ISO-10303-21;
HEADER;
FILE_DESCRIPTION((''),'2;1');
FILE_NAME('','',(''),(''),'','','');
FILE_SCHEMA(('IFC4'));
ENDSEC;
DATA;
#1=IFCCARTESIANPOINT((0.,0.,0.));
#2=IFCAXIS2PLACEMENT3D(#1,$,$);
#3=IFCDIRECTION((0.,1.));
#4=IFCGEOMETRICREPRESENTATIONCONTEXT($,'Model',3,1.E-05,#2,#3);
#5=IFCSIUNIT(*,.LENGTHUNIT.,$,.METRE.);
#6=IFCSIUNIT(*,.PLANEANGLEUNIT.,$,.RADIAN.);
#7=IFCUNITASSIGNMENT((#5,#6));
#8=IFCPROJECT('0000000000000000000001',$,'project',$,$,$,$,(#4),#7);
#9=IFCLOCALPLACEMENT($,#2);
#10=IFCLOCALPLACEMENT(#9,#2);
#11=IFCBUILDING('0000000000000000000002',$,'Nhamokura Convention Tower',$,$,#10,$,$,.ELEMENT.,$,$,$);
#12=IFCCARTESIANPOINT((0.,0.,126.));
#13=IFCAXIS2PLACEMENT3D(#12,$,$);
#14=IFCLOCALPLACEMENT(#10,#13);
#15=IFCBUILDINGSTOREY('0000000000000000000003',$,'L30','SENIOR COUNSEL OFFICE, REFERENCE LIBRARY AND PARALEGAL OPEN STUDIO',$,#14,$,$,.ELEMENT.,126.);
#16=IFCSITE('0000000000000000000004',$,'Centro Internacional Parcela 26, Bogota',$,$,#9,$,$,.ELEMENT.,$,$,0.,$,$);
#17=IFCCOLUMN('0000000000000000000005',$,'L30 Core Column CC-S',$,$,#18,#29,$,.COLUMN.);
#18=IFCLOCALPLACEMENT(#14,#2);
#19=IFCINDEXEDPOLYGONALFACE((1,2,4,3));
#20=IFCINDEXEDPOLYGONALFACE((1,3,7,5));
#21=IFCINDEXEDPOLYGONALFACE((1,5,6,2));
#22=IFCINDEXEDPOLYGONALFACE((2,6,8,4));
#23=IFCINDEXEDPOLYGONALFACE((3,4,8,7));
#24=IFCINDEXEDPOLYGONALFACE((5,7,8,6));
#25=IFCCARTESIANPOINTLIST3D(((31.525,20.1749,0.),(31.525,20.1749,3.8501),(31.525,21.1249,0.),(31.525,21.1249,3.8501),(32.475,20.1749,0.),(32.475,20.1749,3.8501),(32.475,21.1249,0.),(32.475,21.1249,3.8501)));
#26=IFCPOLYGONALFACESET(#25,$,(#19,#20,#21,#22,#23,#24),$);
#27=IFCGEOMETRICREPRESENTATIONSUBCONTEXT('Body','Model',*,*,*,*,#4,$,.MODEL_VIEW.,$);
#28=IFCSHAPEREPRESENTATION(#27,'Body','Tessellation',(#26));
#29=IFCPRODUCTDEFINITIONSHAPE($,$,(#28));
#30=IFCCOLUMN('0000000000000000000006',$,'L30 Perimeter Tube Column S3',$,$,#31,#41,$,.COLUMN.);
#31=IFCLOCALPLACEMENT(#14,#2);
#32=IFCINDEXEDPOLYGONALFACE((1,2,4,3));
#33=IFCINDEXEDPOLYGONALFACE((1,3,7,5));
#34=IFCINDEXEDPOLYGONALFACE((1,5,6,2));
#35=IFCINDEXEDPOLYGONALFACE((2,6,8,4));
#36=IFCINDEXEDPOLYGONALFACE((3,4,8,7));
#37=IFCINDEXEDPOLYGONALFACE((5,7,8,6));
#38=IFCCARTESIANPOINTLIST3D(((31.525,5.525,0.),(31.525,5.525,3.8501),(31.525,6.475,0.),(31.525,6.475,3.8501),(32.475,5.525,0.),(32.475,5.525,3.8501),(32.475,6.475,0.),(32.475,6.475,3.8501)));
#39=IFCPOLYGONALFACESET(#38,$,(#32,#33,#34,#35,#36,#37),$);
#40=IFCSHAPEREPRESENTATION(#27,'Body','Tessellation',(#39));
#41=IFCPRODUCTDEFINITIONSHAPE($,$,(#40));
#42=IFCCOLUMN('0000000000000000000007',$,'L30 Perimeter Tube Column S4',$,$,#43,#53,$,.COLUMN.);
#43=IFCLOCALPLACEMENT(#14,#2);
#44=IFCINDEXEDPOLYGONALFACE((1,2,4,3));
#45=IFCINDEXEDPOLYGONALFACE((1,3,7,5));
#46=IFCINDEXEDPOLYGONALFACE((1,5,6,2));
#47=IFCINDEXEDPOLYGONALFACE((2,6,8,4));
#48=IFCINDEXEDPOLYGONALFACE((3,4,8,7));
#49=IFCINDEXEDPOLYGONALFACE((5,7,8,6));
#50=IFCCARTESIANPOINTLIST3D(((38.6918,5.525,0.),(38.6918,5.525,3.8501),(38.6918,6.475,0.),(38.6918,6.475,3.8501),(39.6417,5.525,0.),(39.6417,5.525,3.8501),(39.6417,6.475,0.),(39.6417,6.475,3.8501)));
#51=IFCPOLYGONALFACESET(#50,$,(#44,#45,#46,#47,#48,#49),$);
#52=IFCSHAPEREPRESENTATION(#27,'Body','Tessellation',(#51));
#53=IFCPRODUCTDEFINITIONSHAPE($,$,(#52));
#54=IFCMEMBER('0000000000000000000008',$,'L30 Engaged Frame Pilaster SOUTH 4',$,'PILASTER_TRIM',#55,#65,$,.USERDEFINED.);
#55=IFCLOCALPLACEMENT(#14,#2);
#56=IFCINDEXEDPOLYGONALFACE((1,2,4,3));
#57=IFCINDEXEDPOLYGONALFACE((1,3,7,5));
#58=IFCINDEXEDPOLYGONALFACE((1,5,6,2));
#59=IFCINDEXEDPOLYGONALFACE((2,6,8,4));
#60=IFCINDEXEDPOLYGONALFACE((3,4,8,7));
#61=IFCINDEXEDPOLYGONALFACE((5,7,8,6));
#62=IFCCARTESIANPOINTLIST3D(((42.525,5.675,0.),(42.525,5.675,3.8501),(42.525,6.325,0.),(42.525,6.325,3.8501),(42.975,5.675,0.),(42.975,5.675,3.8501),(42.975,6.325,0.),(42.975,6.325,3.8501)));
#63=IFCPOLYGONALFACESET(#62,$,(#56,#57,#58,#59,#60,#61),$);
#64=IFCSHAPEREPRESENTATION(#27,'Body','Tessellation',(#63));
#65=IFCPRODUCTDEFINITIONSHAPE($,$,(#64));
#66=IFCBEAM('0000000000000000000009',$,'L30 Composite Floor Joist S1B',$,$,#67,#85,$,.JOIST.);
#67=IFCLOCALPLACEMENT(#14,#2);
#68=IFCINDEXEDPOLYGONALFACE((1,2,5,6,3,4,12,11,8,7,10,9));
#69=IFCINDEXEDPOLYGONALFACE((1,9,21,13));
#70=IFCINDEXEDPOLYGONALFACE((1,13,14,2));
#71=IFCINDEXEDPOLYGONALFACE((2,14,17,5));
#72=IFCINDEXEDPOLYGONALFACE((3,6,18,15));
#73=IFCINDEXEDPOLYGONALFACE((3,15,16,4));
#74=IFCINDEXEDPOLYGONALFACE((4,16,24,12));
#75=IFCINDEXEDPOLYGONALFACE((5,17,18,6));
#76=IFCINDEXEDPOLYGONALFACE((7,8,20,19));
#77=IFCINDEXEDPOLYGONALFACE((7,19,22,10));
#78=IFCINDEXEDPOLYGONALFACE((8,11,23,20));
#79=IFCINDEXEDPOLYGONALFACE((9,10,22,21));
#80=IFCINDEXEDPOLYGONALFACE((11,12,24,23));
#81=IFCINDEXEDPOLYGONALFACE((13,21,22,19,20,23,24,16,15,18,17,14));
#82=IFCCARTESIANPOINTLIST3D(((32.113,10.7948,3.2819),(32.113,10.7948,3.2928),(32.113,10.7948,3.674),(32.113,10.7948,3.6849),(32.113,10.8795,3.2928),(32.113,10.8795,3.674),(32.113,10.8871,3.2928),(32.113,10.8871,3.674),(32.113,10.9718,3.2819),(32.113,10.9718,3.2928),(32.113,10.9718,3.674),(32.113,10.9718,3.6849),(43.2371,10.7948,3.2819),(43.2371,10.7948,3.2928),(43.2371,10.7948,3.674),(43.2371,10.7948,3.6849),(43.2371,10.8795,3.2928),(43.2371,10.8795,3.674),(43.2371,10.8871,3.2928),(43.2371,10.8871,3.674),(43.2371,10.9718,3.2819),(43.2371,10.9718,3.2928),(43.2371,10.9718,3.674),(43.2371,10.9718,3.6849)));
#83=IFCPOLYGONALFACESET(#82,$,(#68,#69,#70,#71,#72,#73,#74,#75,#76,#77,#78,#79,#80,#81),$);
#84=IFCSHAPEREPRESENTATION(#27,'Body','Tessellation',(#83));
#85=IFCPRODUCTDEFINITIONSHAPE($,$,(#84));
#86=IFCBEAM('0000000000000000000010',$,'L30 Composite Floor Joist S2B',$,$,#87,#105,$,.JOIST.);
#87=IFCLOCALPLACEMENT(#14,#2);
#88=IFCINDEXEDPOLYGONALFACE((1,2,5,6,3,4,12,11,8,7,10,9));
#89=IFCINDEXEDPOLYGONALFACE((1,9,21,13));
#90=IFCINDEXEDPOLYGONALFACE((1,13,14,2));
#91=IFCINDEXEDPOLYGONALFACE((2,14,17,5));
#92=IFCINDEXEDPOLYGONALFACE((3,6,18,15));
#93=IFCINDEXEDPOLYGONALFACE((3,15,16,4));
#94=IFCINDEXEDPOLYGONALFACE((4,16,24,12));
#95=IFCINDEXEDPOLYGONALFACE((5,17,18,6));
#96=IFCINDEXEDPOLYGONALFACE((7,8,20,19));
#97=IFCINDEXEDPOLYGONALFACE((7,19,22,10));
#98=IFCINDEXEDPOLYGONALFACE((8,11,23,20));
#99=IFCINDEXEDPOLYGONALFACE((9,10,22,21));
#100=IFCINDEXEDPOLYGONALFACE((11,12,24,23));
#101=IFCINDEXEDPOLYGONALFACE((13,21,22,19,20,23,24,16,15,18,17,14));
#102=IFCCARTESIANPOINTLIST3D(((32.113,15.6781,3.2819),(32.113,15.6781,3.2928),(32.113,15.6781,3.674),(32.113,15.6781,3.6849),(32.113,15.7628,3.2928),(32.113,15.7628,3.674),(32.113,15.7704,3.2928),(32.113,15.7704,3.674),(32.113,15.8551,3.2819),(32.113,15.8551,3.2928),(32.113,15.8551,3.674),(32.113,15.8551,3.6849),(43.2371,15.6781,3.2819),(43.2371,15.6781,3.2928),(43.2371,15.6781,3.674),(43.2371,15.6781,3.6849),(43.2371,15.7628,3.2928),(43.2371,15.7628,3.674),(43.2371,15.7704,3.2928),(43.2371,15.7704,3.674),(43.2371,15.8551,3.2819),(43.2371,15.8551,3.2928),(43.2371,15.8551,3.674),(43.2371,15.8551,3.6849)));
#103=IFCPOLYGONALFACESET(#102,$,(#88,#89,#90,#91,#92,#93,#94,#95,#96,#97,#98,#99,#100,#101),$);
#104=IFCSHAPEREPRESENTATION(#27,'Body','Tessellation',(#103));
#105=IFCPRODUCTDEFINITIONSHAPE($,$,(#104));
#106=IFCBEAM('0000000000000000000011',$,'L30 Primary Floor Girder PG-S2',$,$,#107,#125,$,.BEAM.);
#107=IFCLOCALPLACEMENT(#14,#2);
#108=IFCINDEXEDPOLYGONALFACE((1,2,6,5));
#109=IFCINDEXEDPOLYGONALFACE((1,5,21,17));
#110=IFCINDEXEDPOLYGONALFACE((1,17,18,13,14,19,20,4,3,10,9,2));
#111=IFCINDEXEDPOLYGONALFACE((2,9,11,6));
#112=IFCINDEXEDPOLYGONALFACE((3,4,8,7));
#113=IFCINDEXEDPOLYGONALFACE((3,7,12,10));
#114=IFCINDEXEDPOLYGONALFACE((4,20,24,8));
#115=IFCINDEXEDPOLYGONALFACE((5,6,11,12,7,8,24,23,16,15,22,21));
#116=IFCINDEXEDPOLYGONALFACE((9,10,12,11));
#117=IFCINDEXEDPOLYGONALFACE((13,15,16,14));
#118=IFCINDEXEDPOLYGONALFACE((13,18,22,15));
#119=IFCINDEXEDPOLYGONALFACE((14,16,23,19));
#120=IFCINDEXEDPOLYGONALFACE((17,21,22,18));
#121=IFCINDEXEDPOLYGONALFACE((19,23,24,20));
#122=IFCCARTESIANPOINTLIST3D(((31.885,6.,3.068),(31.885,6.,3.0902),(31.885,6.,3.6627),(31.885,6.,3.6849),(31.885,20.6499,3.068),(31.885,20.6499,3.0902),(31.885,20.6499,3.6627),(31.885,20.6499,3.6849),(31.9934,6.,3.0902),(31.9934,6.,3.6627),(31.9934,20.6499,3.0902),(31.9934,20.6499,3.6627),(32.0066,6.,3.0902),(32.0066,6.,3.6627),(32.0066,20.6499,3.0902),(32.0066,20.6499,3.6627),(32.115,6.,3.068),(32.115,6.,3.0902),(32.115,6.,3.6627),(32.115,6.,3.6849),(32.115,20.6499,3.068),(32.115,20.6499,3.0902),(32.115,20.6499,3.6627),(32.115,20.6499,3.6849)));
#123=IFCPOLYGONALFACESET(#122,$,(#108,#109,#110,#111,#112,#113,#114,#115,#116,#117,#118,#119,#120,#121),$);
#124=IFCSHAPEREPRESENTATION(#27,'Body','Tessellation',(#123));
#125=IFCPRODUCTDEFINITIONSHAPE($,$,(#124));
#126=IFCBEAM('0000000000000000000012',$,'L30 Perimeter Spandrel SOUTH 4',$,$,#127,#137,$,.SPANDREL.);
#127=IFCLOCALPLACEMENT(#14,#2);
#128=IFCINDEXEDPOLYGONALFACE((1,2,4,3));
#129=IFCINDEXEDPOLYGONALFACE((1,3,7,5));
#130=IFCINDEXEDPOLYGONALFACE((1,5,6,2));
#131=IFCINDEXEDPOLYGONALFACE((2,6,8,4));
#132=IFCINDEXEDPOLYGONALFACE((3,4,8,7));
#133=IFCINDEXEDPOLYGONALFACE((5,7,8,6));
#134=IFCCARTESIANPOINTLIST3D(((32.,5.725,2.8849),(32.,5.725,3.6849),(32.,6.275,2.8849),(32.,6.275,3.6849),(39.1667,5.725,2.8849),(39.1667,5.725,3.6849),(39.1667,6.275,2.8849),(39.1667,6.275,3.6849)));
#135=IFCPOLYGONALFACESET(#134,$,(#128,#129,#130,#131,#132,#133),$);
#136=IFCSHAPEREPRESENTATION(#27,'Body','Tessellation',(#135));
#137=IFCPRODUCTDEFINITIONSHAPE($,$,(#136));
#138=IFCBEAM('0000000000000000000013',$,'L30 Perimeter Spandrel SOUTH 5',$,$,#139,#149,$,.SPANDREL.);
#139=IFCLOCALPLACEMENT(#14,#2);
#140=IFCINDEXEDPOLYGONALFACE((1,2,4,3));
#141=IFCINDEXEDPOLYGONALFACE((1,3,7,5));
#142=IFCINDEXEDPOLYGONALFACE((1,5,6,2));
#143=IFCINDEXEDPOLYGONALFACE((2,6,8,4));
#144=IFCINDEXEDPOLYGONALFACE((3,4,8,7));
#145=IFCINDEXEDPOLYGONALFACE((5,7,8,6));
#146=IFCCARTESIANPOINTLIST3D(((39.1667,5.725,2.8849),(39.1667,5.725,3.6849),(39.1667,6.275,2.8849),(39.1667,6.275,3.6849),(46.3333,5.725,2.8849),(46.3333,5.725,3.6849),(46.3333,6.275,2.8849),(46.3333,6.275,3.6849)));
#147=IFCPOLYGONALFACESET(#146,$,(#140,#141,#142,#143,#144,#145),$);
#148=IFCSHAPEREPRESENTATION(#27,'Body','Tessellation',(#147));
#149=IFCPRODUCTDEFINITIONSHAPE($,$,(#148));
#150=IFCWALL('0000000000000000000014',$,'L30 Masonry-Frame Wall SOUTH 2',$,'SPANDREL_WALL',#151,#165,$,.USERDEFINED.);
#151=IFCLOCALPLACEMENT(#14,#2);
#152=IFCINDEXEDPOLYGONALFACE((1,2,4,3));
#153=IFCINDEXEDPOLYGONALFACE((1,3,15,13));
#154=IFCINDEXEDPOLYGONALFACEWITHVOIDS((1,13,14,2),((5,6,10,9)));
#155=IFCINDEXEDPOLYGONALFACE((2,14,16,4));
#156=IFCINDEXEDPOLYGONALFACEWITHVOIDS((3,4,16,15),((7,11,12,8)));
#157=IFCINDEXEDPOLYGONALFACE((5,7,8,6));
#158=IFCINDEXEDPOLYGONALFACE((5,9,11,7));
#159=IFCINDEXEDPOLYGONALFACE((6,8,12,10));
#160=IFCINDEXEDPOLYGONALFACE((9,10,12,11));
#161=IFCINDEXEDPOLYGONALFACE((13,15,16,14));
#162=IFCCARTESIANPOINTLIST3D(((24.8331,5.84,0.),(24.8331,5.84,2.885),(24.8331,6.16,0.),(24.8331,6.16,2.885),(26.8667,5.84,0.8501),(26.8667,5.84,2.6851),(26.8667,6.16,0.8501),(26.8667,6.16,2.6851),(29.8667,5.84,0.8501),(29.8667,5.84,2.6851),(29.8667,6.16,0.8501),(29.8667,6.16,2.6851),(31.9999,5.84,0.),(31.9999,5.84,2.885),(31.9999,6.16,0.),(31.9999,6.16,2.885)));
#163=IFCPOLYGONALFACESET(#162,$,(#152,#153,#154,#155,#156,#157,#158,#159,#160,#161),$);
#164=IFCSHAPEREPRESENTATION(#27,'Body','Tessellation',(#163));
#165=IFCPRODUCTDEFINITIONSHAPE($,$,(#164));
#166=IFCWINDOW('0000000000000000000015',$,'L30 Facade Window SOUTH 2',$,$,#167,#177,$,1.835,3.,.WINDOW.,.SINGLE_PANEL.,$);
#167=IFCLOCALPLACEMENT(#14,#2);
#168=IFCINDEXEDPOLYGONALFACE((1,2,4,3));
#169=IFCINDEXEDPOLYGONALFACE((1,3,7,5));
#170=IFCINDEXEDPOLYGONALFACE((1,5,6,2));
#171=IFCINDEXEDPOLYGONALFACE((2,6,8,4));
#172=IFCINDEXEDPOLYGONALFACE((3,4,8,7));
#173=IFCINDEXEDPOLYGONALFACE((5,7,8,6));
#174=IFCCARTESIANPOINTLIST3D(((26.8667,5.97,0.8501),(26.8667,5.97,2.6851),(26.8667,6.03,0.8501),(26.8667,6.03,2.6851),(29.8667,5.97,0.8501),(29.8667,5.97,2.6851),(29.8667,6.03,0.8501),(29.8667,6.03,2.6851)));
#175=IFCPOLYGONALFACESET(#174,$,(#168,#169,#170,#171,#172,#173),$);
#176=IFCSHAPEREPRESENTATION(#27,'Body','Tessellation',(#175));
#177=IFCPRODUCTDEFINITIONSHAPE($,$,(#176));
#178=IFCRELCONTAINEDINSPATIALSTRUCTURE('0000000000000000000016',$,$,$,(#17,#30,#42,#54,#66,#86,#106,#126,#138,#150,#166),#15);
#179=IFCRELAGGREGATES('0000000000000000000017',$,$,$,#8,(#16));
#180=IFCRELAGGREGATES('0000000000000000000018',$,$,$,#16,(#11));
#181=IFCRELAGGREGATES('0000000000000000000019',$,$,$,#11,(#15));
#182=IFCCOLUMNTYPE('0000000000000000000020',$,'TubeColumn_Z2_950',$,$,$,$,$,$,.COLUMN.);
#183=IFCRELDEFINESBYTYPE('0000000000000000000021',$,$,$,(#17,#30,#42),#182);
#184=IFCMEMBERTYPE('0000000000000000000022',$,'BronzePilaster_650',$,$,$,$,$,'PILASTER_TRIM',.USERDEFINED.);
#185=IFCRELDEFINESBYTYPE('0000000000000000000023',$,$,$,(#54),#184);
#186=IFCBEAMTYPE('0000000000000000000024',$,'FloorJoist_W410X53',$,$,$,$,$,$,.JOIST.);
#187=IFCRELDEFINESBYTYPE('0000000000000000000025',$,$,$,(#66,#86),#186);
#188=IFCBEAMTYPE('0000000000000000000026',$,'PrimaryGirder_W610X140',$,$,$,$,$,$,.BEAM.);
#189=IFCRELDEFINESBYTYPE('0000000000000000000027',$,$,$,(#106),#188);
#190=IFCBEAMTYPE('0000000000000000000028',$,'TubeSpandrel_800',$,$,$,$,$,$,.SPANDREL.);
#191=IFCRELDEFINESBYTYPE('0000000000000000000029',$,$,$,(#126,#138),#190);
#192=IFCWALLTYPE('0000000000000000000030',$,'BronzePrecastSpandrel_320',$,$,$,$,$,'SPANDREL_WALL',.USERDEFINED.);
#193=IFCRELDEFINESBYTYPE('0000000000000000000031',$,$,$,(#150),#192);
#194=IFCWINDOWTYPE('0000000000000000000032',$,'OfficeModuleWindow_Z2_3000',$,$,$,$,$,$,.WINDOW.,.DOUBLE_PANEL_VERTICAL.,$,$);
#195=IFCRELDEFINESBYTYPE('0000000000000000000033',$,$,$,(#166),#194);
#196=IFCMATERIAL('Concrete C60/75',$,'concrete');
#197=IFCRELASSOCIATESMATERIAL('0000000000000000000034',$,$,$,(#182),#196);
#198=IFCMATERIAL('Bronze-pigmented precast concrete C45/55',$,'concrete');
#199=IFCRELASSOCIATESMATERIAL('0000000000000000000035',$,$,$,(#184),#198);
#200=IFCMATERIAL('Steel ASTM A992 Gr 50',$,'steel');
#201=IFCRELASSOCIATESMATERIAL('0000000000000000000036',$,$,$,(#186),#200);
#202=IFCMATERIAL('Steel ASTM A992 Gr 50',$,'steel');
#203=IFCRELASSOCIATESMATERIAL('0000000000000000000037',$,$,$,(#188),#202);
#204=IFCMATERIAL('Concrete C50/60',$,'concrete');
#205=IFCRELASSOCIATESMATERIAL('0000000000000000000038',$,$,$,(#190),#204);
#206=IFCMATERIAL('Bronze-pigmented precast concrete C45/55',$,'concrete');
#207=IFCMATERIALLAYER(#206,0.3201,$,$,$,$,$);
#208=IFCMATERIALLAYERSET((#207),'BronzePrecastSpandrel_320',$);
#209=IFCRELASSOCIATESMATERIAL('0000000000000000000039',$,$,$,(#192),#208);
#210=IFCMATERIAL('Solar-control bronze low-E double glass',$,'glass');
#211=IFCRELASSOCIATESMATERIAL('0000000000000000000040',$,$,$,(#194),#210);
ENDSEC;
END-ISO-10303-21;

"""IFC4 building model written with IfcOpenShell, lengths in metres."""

from ifc_helpers import new_model, si_unit, direction, frame, frame_2d, origin, origin_2d, place, context, subcontext, project, spatial, rectangle, i_section, extrude, material, layer, layer_set, material_profile, profile_set, type_object, element, fill, save


model = new_model("IFC4")

# Units and contexts
model_context = context("Model", 3, precision=1e-05, world=origin(), true_north=direction((0.0, 1.0)))
body_context = subcontext(model_context, "Body", "Model", "MODEL_VIEW")
ifc_project = project(units=[si_unit("LENGTHUNIT", "METRE"), si_unit("PLANEANGLEUNIT", "RADIAN")], contexts=[model_context])

# Site, building, storey
site_placement = place(None, origin())
site = spatial("IfcSite", under=ifc_project, at=site_placement, Name="Centro Internacional Parcela 26, Bogota", CompositionType="ELEMENT", RefElevation=0.0)
building_placement = place(site_placement, origin())
building = spatial("IfcBuilding", under=site, at=building_placement, Name="Nhamokura Convention Tower", CompositionType="ELEMENT")
storey_placement = place(building_placement, frame((0.0, 0.0, 126.0)))
storey = spatial("IfcBuildingStorey", under=building, at=storey_placement, Name="L30", Description="SENIOR COUNSEL OFFICE, REFERENCE LIBRARY AND PARALEGAL OPEN STUDIO", CompositionType="ELEMENT", Elevation=126.0)

# Columns
ifc_material_1 = material(Name="Concrete C60/75", Category="concrete")
ifc_material_profile_1 = material_profile(ifc_material_1, rectangle(XDim=0.95, YDim=0.95, at=origin_2d()))
ifc_profile_set_1 = profile_set([ifc_material_profile_1], Name="Concrete C60/75")
column_type = type_object("IfcColumnType", Name="TubeColumn_Z2_950", PredefinedType="COLUMN", material=ifc_profile_set_1)
for number, where, z_axis, x_axis, name in (
    (1, (32.0, 20.6499, 0.0), (0.0, 0.0, 1.0), (1.0, 0.0, 0.0), "L30 Core Column CC-S"),
    (2, (32.0, 6.0, 0.0), (0.0, 0.0, 1.0), (1.0, 0.0, 0.0), "L30 Perimeter Tube Column S3"),
    (3, (39.1667, 6.0, 0.0), (0.0, 0.0, 1.0), (1.0, 0.0, 0.0), "L30 Perimeter Tube Column S4"),
):
    element("IfcColumn", number, at=place(storey_placement, frame(where, z_axis=z_axis, x_axis=x_axis)), inside=storey, type_object=column_type, Name=name, PredefinedType="COLUMN", context=body_context, shape_type="SweptSolid", body=[
        extrude(rectangle(XDim=0.95, YDim=0.95, at=origin_2d()), origin(), (0.0, 0.0, 1.0), 3.8501),
    ])

# Member
ifc_material_2 = material(Name="Bronze-pigmented precast concrete C45/55", Category="concrete")
ifc_material_profile_2 = material_profile(ifc_material_2, rectangle(XDim=0.45, YDim=0.6499, at=origin_2d()))
ifc_profile_set_2 = profile_set([ifc_material_profile_2], Name="Bronze-pigmented precast concrete C45/55")
member_type = type_object("IfcMemberType", Name="BronzePilaster_650", ElementType="PILASTER_TRIM", PredefinedType="USERDEFINED", material=ifc_profile_set_2)
member_placement = place(storey_placement, frame((42.75, 6.0, 0.0), z_axis=(0.0, 0.0, 1.0), x_axis=(1.0, 0.0, 0.0)))
element("IfcMember", 4, at=member_placement, inside=storey, type_object=member_type, Name="L30 Engaged Frame Pilaster SOUTH 4", ObjectType="PILASTER_TRIM", PredefinedType="USERDEFINED", context=body_context, shape_type="SweptSolid", body=[
    extrude(rectangle(XDim=0.45, YDim=0.6499, at=origin_2d()), origin(), (0.0, 0.0, 1.0), 3.8501),
])

# Beams
ifc_material_3 = material(Name="Steel ASTM A992 Gr 50", Category="steel")
ifc_material_profile_3 = material_profile(ifc_material_3, i_section(OverallWidth=0.177, OverallDepth=0.4031, WebThickness=0.0076, FlangeThickness=0.011, at=origin_2d()))
ifc_profile_set_3 = profile_set([ifc_material_profile_3], Name="Steel ASTM A992 Gr 50")
beam_type_1 = type_object("IfcBeamType", Name="FloorJoist_W410X53", PredefinedType="JOIST", material=ifc_profile_set_3)
for number, where, z_axis, x_axis, name in (
    (5, (32.113, 10.8833, 3.4834), (1.0, 0.0, 0.0), (0.0, 1.0, 0.0), "L30 Composite Floor Joist S1B"),
    (6, (32.113, 15.7666, 3.4834), (1.0, 0.0, 0.0), (0.0, 1.0, 0.0), "L30 Composite Floor Joist S2B"),
):
    element("IfcBeam", number, at=place(storey_placement, frame(where, z_axis=z_axis, x_axis=x_axis)), inside=storey, type_object=beam_type_1, Name=name, PredefinedType="JOIST", context=body_context, shape_type="SweptSolid", body=[
        extrude(i_section(OverallWidth=0.177, OverallDepth=0.4031, WebThickness=0.0076, FlangeThickness=0.011, at=origin_2d()), origin(), (0.0, 0.0, 1.0), 11.124),
    ])
ifc_material_4 = material(Name="Steel ASTM A992 Gr 50", Category="steel")
ifc_material_profile_4 = material_profile(ifc_material_4, i_section(OverallWidth=0.23, OverallDepth=0.6169, WebThickness=0.0132, FlangeThickness=0.0222, at=origin_2d()))
ifc_profile_set_4 = profile_set([ifc_material_profile_4], Name="Steel ASTM A992 Gr 50")
beam_type_2 = type_object("IfcBeamType", Name="PrimaryGirder_W610X140", PredefinedType="BEAM", material=ifc_profile_set_4)
beam_1_placement = place(storey_placement, frame((32.0, 6.0, 3.3765), z_axis=(0.0, 1.0, 0.0), x_axis=(-1.0, 0.0, 0.0)))
element("IfcBeam", 7, at=beam_1_placement, inside=storey, type_object=beam_type_2, Name="L30 Primary Floor Girder PG-S2", PredefinedType="BEAM", context=body_context, shape_type="SweptSolid", body=[
    extrude(i_section(OverallWidth=0.23, OverallDepth=0.6169, WebThickness=0.0132, FlangeThickness=0.0222, at=origin_2d()), origin(), (0.0, 0.0, 1.0), 14.6499),
])
ifc_material_5 = material(Name="Concrete C50/60", Category="concrete")
ifc_material_profile_5 = material_profile(ifc_material_5, rectangle(XDim=0.55, YDim=0.8, at=origin_2d()))
ifc_profile_set_5 = profile_set([ifc_material_profile_5], Name="Concrete C50/60")
beam_type_3 = type_object("IfcBeamType", Name="TubeSpandrel_800", PredefinedType="SPANDREL", material=ifc_profile_set_5)
beam_2_placement = place(storey_placement, frame((32.0, 6.0, 3.2849), z_axis=(1.0, 0.0, 0.0), x_axis=(0.0, 1.0, 0.0)))
element("IfcBeam", 8, at=beam_2_placement, inside=storey, type_object=beam_type_3, Name="L30 Perimeter Spandrel SOUTH 4", PredefinedType="SPANDREL", context=body_context, shape_type="SweptSolid", body=[
    extrude(rectangle(XDim=0.55, YDim=0.8, at=origin_2d()), origin(), (0.0, 0.0, 1.0), 7.1667),
])
beam_3_placement = place(storey_placement, frame((39.1667, 6.0, 3.2849), z_axis=(1.0, 0.0, 0.0), x_axis=(0.0, 1.0, 0.0)))
element("IfcBeam", 9, at=beam_3_placement, inside=storey, type_object=beam_type_3, Name="L30 Perimeter Spandrel SOUTH 5", PredefinedType="SPANDREL", context=body_context, shape_type="SweptSolid", body=[
    extrude(rectangle(XDim=0.55, YDim=0.8, at=origin_2d()), origin(), (0.0, 0.0, 1.0), 7.1665),
])

# Wall, opening, window
ifc_material_6 = material(Name="Bronze-pigmented precast concrete C45/55", Category="concrete")
ifc_layer_1 = layer(ifc_material_6, 0.3201)
ifc_layer_set_1 = layer_set([ifc_layer_1], Name="BronzePrecastSpandrel_320")
wall_type_1 = type_object("IfcWallType", Name="BronzePrecastSpandrel_320", ElementType="SPANDREL_WALL", PredefinedType="USERDEFINED", material=ifc_layer_set_1)
wall_1_placement = place(storey_placement, frame((32.0, 6.0, 0.0), z_axis=(0.0, 0.0, 1.0), x_axis=(-1.0, 0.0, 0.0)))
wall_1 = element("IfcWall", 10, at=wall_1_placement, inside=storey, type_object=wall_type_1, Name="L30 Masonry-Frame Wall SOUTH 2", ObjectType="SPANDREL_WALL", PredefinedType="USERDEFINED", context=body_context, shape_type="SweptSolid", body=[
    extrude(rectangle(XDim=7.1667, YDim=0.3201, at=frame_2d((3.5835, 0.0))), origin(), (0.0, 0.0, 1.0), 2.885),
])
opening_1_placement = place(wall_1_placement, frame((2.1333, 0.0, 0.8501)))
opening_1 = element("IfcOpeningElement", 11, at=opening_1_placement, cuts=wall_1, PredefinedType="OPENING", context=body_context, shape_type="SweptSolid", body=[
    extrude(rectangle(XDim=3.0, YDim=1.835, at=frame_2d((1.5, 0.9175))), frame((0.0, 0.1699, 0.0), z_axis=(0.0, -1.0, 0.0), x_axis=(1.0, 0.0, 0.0)), (0.0, 0.0, 1.0), 0.3401),
])
ifc_material_7 = material(Name="Solar-control bronze low-E double glass", Category="glass")
window_type = type_object("IfcWindowType", Name="OfficeModuleWindow_Z2_3000", PartitioningType="DOUBLE_PANEL_VERTICAL", PredefinedType="WINDOW", material=ifc_material_7)
window_1_placement = place(opening_1_placement, origin())
window_1 = element("IfcWindow", 12, at=window_1_placement, inside=storey, type_object=window_type, Name="L30 Facade Window SOUTH 2", OverallHeight=1.835, OverallWidth=3.0, PartitioningType="SINGLE_PANEL", PredefinedType="WINDOW", context=body_context, shape_type="SweptSolid", body=[
    extrude(rectangle(XDim=3.0, YDim=1.835, at=frame_2d((1.5, 0.9175))), frame((0.0, 0.03, 0.0), z_axis=(0.0, -1.0, 0.0), x_axis=(1.0, 0.0, 0.0)), (0.0, 0.0, 1.0), 0.0601),
])
fill(opening_1, window_1)

save(model, "model.ifc")
